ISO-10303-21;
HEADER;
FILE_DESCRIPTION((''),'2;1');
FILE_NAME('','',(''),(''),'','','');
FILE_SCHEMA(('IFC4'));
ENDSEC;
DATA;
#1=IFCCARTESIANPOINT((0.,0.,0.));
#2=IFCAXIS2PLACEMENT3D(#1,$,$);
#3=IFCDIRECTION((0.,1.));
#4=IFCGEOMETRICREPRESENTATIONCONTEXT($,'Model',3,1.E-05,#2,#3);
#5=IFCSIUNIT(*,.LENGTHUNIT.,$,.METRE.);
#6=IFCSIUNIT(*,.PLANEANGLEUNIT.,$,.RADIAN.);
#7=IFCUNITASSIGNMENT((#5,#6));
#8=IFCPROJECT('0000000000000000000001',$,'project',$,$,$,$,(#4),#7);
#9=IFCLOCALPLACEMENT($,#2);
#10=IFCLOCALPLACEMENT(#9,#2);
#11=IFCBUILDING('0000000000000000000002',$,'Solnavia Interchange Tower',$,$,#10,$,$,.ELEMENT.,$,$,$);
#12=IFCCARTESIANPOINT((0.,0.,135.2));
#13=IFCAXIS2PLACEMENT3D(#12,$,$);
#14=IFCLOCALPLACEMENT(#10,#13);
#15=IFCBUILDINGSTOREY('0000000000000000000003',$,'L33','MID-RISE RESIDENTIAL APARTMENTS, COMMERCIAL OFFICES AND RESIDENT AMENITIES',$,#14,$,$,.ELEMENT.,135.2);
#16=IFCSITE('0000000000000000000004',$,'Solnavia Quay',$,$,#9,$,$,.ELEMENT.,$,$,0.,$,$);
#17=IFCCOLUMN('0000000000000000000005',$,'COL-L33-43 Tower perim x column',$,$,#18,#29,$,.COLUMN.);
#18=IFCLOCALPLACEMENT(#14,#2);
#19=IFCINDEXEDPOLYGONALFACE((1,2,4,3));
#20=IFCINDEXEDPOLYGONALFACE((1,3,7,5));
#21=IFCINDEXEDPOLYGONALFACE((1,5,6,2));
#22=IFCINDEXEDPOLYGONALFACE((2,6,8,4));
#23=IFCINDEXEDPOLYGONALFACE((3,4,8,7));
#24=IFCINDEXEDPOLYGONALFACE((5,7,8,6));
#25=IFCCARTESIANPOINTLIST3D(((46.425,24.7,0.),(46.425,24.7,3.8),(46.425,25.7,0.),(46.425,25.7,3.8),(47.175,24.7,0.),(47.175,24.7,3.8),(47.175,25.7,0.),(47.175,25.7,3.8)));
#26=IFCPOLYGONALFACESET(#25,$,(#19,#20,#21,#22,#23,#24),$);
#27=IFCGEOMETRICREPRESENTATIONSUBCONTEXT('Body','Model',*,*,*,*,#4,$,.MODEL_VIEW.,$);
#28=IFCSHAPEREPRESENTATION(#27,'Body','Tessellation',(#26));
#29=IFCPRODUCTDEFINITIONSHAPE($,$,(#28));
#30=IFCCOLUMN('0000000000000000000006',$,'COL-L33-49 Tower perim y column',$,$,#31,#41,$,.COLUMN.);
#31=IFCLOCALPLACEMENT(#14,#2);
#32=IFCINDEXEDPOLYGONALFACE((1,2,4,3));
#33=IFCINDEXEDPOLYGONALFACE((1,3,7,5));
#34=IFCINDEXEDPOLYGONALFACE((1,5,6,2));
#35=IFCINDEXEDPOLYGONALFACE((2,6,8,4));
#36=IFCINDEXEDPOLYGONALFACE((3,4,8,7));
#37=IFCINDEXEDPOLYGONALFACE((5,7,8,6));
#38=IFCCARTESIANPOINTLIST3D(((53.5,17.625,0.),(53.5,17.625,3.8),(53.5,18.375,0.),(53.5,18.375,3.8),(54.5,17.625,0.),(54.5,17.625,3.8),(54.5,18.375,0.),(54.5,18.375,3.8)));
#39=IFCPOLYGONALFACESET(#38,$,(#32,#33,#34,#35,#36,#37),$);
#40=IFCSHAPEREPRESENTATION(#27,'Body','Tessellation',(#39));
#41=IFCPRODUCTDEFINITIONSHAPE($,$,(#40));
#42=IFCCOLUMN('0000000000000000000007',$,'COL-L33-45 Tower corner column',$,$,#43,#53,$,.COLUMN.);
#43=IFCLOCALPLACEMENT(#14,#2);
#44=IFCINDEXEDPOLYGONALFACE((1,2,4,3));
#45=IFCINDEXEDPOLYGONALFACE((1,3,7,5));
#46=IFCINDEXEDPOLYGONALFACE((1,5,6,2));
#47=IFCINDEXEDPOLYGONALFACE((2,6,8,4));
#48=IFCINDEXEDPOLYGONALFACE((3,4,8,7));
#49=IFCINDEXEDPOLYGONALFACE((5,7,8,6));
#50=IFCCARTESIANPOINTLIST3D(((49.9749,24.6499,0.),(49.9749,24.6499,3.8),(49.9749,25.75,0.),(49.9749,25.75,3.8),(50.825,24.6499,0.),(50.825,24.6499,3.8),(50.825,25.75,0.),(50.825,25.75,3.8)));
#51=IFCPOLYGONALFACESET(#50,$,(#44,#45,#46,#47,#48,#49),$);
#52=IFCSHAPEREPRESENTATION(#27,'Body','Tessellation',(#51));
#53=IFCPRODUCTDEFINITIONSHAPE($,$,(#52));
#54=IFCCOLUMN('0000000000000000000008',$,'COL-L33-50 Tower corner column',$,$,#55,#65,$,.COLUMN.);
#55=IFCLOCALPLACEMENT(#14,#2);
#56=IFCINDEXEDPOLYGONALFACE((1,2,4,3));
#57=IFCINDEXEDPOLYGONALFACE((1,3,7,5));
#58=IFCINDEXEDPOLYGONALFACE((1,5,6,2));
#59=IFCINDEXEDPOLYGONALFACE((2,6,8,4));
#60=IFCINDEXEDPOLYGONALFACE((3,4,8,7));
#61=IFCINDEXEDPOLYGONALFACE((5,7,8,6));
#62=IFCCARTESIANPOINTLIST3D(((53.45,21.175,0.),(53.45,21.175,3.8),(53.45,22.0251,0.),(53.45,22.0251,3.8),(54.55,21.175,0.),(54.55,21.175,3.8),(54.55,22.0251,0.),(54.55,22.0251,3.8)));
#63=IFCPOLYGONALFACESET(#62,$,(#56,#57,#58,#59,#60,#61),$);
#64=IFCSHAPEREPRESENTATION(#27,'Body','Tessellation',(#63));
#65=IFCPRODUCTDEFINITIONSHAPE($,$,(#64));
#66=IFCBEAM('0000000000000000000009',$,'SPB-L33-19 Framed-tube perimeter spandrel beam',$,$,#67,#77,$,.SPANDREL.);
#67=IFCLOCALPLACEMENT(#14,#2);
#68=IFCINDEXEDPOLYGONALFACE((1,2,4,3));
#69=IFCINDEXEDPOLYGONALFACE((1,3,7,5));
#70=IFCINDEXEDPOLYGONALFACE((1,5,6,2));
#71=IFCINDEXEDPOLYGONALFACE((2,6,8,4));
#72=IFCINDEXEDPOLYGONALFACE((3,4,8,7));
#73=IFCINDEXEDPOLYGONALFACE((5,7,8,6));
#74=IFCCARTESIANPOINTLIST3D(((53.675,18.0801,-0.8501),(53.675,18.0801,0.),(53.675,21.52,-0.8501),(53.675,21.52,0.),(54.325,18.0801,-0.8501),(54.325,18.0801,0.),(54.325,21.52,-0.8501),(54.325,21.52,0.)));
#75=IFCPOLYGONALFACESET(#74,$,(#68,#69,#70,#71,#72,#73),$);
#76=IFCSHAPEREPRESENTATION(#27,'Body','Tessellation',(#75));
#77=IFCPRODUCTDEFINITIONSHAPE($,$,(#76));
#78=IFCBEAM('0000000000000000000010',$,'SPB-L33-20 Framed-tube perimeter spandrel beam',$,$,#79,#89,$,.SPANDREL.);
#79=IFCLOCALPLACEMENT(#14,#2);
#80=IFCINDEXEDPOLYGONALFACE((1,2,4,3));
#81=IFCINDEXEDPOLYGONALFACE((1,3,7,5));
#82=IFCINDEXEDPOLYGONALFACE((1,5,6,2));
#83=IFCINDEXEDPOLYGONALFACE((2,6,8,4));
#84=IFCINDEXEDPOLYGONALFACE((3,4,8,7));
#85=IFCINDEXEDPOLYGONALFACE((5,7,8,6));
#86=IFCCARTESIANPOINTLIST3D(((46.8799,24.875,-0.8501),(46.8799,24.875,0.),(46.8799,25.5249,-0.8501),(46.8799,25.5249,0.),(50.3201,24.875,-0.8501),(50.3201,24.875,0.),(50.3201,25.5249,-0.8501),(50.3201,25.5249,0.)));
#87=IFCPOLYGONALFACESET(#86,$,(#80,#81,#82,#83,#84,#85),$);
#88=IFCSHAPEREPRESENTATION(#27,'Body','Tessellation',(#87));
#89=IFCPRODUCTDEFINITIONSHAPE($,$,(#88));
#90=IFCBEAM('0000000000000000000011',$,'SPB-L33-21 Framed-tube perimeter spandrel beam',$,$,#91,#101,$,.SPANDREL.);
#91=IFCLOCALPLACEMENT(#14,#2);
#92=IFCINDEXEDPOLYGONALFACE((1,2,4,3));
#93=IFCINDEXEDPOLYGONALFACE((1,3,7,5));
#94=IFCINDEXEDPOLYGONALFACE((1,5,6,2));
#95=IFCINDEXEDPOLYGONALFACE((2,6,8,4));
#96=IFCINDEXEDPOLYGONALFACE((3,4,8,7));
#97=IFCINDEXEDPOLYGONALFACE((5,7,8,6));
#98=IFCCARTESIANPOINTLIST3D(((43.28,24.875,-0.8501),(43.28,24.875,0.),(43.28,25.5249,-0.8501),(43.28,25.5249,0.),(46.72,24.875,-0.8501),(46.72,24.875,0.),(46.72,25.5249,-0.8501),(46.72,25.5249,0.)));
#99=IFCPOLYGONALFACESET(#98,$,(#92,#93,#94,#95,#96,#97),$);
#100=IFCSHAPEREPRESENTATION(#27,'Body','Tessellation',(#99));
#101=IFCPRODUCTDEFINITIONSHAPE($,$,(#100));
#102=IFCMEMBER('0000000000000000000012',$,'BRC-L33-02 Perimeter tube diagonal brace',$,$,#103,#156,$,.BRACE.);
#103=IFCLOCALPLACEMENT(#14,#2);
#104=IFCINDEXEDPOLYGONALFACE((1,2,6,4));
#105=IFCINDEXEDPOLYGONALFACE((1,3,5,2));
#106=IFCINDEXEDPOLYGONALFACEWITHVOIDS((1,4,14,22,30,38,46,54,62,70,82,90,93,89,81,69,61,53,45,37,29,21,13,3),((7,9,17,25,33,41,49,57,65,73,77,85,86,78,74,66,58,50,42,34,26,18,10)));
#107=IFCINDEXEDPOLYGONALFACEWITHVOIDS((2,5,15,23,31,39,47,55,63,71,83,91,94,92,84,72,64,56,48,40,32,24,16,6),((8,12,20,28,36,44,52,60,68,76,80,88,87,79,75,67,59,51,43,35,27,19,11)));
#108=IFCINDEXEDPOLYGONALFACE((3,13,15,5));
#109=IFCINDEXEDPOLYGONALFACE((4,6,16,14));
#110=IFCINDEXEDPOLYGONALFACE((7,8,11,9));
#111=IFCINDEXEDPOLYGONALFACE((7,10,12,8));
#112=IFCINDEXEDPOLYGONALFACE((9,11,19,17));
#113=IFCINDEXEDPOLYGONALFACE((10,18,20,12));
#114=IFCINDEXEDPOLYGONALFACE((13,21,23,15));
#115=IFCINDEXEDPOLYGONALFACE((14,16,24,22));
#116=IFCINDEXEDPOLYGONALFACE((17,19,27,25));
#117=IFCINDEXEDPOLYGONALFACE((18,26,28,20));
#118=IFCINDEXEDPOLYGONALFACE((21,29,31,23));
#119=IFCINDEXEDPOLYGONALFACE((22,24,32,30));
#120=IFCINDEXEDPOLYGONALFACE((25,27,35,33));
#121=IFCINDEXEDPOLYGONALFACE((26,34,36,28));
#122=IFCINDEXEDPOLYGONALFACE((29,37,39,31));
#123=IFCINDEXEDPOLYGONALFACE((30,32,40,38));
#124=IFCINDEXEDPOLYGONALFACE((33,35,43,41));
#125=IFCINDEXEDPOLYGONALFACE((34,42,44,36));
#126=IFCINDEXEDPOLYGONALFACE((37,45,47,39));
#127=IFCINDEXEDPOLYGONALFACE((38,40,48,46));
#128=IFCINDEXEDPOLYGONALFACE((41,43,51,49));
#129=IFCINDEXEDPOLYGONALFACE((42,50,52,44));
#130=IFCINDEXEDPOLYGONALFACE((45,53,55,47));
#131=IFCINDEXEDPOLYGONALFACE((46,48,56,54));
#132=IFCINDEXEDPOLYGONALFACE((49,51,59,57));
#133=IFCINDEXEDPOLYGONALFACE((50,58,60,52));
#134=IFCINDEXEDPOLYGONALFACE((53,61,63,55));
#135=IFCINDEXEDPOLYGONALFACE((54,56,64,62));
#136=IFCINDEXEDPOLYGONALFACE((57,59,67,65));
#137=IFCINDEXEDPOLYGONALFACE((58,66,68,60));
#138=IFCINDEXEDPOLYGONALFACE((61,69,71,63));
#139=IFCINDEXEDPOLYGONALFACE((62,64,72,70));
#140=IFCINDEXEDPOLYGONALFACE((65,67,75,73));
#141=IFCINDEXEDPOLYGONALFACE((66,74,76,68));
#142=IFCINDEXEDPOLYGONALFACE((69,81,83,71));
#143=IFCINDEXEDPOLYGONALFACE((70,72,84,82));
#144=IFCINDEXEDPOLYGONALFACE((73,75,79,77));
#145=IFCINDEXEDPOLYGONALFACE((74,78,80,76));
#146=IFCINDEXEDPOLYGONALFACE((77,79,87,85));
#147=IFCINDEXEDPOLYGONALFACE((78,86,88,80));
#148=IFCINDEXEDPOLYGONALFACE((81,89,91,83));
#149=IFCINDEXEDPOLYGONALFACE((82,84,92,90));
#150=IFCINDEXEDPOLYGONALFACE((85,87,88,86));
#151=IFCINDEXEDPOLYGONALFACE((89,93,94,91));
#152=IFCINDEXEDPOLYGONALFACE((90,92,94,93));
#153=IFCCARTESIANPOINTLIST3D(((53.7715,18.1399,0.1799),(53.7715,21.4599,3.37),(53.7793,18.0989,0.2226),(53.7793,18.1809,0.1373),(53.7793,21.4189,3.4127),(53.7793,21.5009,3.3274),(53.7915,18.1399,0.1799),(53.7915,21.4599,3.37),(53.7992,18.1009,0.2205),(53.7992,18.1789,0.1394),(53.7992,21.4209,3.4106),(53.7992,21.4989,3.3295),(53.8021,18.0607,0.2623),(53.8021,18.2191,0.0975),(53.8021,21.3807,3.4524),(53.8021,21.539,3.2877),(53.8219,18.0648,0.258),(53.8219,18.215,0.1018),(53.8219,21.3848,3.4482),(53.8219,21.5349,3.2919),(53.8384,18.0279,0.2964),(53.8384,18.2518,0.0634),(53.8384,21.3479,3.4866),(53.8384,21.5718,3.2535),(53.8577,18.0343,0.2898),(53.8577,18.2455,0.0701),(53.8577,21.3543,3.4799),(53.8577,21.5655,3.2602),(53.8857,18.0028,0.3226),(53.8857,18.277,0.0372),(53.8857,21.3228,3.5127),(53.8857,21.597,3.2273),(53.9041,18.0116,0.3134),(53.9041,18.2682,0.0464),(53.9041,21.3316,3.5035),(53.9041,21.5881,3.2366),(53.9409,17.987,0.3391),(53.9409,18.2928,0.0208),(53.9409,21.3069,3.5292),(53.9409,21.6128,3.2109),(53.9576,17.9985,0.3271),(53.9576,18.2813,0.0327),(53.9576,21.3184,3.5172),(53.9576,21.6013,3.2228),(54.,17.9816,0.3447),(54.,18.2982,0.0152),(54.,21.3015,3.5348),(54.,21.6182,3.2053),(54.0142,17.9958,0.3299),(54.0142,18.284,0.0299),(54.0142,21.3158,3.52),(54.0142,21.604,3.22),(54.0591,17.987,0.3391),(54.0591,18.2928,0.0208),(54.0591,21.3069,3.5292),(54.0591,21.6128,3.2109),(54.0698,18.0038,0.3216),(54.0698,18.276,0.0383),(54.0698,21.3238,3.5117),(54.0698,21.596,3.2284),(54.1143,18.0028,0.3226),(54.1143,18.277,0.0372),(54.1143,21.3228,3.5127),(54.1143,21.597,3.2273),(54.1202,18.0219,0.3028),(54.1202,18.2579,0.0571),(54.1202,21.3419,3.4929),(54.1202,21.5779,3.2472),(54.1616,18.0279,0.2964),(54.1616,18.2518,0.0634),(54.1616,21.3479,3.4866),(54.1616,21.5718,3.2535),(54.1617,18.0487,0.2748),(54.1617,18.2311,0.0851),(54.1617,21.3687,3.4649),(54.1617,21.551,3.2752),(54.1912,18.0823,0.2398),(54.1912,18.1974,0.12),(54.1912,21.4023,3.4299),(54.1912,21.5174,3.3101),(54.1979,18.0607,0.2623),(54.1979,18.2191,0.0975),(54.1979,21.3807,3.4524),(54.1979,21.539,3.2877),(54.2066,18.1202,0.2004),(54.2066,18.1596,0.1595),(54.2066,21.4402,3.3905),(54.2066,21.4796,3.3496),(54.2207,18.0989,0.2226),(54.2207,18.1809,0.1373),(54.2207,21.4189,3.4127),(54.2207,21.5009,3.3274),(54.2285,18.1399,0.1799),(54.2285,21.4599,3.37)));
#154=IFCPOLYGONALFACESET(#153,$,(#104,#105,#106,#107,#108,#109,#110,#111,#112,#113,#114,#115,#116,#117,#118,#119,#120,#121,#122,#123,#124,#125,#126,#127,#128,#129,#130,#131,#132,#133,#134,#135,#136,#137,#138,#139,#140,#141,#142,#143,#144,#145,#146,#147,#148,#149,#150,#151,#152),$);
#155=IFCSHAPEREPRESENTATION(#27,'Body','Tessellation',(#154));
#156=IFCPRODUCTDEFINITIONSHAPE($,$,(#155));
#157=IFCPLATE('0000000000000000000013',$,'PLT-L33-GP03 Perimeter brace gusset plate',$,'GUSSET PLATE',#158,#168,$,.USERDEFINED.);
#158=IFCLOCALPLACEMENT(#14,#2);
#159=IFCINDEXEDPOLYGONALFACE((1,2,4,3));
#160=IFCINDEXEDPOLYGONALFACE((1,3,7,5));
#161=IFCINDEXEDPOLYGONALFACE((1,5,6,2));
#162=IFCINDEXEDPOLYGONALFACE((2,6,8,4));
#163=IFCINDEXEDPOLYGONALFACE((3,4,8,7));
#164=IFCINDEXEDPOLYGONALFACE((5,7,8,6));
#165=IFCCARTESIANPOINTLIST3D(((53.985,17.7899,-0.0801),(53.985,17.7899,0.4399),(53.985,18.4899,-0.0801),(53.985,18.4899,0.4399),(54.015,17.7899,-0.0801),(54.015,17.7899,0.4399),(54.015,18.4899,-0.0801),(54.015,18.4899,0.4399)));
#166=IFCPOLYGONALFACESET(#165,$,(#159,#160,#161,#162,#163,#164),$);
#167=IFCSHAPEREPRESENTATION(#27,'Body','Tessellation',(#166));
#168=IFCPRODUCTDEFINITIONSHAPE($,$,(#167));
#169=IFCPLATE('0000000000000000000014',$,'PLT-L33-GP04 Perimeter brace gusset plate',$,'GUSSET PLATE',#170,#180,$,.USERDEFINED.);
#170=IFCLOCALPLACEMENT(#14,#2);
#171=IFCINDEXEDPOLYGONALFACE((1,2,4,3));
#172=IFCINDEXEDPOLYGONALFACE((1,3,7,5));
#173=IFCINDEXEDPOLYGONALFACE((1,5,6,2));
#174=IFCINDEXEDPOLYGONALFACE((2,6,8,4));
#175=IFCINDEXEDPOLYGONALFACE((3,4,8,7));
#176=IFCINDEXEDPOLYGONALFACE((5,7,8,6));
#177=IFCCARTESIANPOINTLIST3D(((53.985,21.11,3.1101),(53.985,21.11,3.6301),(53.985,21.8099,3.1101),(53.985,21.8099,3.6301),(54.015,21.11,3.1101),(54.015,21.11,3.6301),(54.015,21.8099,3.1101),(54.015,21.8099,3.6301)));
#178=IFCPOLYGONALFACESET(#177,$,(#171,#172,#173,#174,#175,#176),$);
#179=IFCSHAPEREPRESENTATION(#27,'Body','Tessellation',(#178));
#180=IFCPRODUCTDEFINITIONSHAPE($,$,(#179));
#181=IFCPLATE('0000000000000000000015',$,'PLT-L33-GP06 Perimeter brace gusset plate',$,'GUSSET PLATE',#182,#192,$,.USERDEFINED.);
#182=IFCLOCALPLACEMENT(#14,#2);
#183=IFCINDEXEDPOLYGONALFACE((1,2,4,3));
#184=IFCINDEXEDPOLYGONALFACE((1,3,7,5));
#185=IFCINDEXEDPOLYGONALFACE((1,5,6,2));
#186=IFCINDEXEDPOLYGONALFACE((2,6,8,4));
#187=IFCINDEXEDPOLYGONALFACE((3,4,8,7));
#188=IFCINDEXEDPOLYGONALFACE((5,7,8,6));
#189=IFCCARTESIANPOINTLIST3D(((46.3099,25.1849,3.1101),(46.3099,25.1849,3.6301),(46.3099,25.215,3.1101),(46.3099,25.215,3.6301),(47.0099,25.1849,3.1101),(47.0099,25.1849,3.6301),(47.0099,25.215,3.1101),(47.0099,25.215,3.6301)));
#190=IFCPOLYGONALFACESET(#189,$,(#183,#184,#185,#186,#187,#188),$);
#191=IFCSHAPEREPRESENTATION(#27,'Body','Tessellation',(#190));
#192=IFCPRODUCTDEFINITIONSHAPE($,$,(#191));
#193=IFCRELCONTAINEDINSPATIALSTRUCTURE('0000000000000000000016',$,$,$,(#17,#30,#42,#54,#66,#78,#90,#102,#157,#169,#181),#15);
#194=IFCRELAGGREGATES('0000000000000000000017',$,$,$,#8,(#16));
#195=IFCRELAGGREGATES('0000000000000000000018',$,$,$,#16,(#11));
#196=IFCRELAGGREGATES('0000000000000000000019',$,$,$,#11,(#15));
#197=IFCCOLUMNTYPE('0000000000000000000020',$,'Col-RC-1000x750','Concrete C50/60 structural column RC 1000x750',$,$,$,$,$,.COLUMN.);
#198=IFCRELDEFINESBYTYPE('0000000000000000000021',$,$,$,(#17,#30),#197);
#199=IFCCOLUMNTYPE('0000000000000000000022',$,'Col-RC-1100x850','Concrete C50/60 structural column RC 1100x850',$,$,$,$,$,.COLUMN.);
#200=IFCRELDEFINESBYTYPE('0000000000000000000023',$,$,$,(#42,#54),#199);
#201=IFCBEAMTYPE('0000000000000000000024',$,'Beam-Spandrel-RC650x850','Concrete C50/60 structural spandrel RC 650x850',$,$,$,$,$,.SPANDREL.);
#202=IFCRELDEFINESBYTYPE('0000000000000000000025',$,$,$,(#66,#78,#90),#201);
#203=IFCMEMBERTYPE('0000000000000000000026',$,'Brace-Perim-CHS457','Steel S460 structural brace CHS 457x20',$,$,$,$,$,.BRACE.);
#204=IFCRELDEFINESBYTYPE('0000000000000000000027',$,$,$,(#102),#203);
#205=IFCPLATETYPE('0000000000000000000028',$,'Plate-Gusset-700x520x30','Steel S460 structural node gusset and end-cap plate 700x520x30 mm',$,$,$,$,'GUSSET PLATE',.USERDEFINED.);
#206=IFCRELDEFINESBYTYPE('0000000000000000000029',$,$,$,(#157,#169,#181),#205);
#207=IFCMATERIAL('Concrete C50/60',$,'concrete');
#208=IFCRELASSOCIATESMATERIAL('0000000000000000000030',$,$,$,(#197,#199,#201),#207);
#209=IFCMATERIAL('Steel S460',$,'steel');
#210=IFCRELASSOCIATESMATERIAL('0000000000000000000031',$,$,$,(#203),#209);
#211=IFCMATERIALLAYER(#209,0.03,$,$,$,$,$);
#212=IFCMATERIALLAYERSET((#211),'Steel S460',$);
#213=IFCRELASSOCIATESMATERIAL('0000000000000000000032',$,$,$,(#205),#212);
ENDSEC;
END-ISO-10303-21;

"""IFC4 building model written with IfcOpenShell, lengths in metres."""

from ifc_helpers import new_model, si_unit, direction, frame, origin, origin_2d, place, context, subcontext, project, spatial, rectangle, hollow_circle, extrude, material, layer, layer_set, material_profile, profile_set, type_object, element, save


model = new_model("IFC4")

# Units and contexts
model_context = context("Model", 3, precision=1e-05, world=origin(), true_north=direction((0.0, 1.0)))
body_context = subcontext(model_context, "Body", "Model", "MODEL_VIEW")
ifc_project = project(units=[si_unit("LENGTHUNIT", "METRE"), si_unit("PLANEANGLEUNIT", "RADIAN")], contexts=[model_context])

# Site, building, storey
site_placement = place(None, origin())
site = spatial("IfcSite", under=ifc_project, at=site_placement, Name="Solnavia Quay", CompositionType="ELEMENT", RefElevation=0.0)
building_placement = place(site_placement, origin())
building = spatial("IfcBuilding", under=site, at=building_placement, Name="Solnavia Interchange Tower", CompositionType="ELEMENT")
storey_placement = place(building_placement, frame((0.0, 0.0, 135.2)))
storey = spatial("IfcBuildingStorey", under=building, at=storey_placement, Name="L33", Description="MID-RISE RESIDENTIAL APARTMENTS, COMMERCIAL OFFICES AND RESIDENT AMENITIES", CompositionType="ELEMENT", Elevation=135.2)

# Columns
ifc_material_1 = material(Name="Concrete C50/60", Category="concrete")
ifc_material_profile_1 = material_profile(ifc_material_1, rectangle(XDim=0.75, YDim=1.0, at=origin_2d()), Name="RC 1000x750")
ifc_profile_set_1 = profile_set([ifc_material_profile_1], Name="Concrete C50/60")
column_type_1 = type_object("IfcColumnType", Name="Col-RC-1000x750", Description="Concrete C50/60 structural column RC 1000x750", PredefinedType="COLUMN", material=ifc_profile_set_1)
for number, where, z_axis, x_axis, name in (
    (1, (46.8, 25.2, 0.0), (0.0, 0.0, 1.0), (1.0, 0.0, 0.0), "COL-L33-43 Tower perim x column"),
    (2, (54.0, 18.0, 0.0), (0.0, 0.0, 1.0), (0.0, 1.0, 0.0), "COL-L33-49 Tower perim y column"),
):
    element("IfcColumn", number, at=place(storey_placement, frame(where, z_axis=z_axis, x_axis=x_axis)), inside=storey, type_object=column_type_1, Name=name, PredefinedType="COLUMN", context=body_context, shape_type="SweptSolid", body=[
        extrude(rectangle(XDim=0.75, YDim=1.0, at=origin_2d()), origin(), (0.0, 0.0, 1.0), 3.8),
    ])
ifc_material_profile_2 = material_profile(ifc_material_1, rectangle(XDim=0.8501, YDim=1.1001, at=origin_2d()), Name="RC 1100x850")
ifc_profile_set_2 = profile_set([ifc_material_profile_2], Name="Concrete C50/60")
column_type_2 = type_object("IfcColumnType", Name="Col-RC-1100x850", Description="Concrete C50/60 structural column RC 1100x850", PredefinedType="COLUMN", material=ifc_profile_set_2)
for number, where, z_axis, x_axis, name in (
    (3, (50.3999, 25.2, 0.0), (0.0, 0.0, 1.0), (1.0, 0.0, 0.0), "COL-L33-45 Tower corner column"),
    (4, (54.0, 21.6001, 0.0), (0.0, 0.0, 1.0), (0.0, 1.0, 0.0), "COL-L33-50 Tower corner column"),
):
    element("IfcColumn", number, at=place(storey_placement, frame(where, z_axis=z_axis, x_axis=x_axis)), inside=storey, type_object=column_type_2, Name=name, PredefinedType="COLUMN", context=body_context, shape_type="SweptSolid", body=[
        extrude(rectangle(XDim=0.8501, YDim=1.1001, at=origin_2d()), origin(), (0.0, 0.0, 1.0), 3.8),
    ])

# Beams
ifc_material_profile_3 = material_profile(ifc_material_1, rectangle(XDim=0.6499, YDim=0.8501, at=origin_2d()), Name="RC 650x850")
ifc_profile_set_3 = profile_set([ifc_material_profile_3], Name="Concrete C50/60")
beam_type = type_object("IfcBeamType", Name="Beam-Spandrel-RC650x850", Description="Concrete C50/60 structural spandrel RC 650x850", PredefinedType="SPANDREL", material=ifc_profile_set_3)
beam_1_placement = place(storey_placement, frame((54.0, 18.0801, -0.425), z_axis=(0.0, 1.0, 0.0), x_axis=(-1.0, 0.0, 0.0)))
element("IfcBeam", 5, at=beam_1_placement, inside=storey, type_object=beam_type, Name="SPB-L33-19 Framed-tube perimeter spandrel beam", PredefinedType="SPANDREL", context=body_context, shape_type="SweptSolid", body=[
    extrude(rectangle(XDim=0.6499, YDim=0.8501, at=origin_2d()), origin(), (0.0, 0.0, 1.0), 3.4399),
])
beam_2_placement = place(storey_placement, frame((50.3201, 25.2, -0.425), z_axis=(-1.0, 0.0, 0.0), x_axis=(0.0, -1.0, 0.0)))
element("IfcBeam", 6, at=beam_2_placement, inside=storey, type_object=beam_type, Name="SPB-L33-20 Framed-tube perimeter spandrel beam", PredefinedType="SPANDREL", context=body_context, shape_type="SweptSolid", body=[
    extrude(rectangle(XDim=0.6499, YDim=0.8501, at=origin_2d()), origin(), (0.0, 0.0, 1.0), 3.4402),
])
beam_3_placement = place(storey_placement, frame((46.72, 25.2, -0.425), z_axis=(-1.0, 0.0, 0.0), x_axis=(0.0, -1.0, 0.0)))
element("IfcBeam", 7, at=beam_3_placement, inside=storey, type_object=beam_type, Name="SPB-L33-21 Framed-tube perimeter spandrel beam", PredefinedType="SPANDREL", context=body_context, shape_type="SweptSolid", body=[
    extrude(rectangle(XDim=0.6499, YDim=0.8501, at=origin_2d()), origin(), (0.0, 0.0, 1.0), 3.4399),
])

# Member
ifc_material_2 = material(Name="Steel S460", Category="steel")
ifc_material_profile_4 = material_profile(ifc_material_2, hollow_circle(Radius=0.2285, WallThickness=0.02, at=origin_2d()), Name="CHS 457x20")
ifc_profile_set_4 = profile_set([ifc_material_profile_4], Name="Steel S460")
member_type = type_object("IfcMemberType", Name="Brace-Perim-CHS457", Description="Steel S460 structural brace CHS 457x20", PredefinedType="BRACE", material=ifc_profile_set_4)
member_placement = place(storey_placement, frame((54.0, 18.1399, 0.1799), z_axis=(0.0, 0.72107, 0.692862), x_axis=(-1.0, 0.0, 0.0)))
element("IfcMember", 8, at=member_placement, inside=storey, type_object=member_type, Name="BRC-L33-02 Perimeter tube diagonal brace", PredefinedType="BRACE", context=body_context, shape_type="SweptSolid", body=[
    extrude(hollow_circle(Radius=0.2285, WallThickness=0.02, at=origin_2d()), origin(), (0.0, 0.0, 1.0), 4.6042),
])

# Plates
ifc_layer_1 = layer(ifc_material_2, 0.03)
ifc_layer_set_1 = layer_set([ifc_layer_1], Name="Steel S460")
plate_type = type_object("IfcPlateType", Name="Plate-Gusset-700x520x30", Description="Steel S460 structural node gusset and end-cap plate 700x520x30 mm", ElementType="GUSSET PLATE", PredefinedType="USERDEFINED", material=ifc_layer_set_1)
for number, where, z_axis, x_axis, name in (
    (9, (54.0, 18.1399, -0.0801), (0.0, 0.0, 1.0), (0.0, 1.0, 0.0), "PLT-L33-GP03 Perimeter brace gusset plate"),
    (10, (54.0, 21.46, 3.1101), (0.0, 0.0, 1.0), (0.0, 1.0, 0.0), "PLT-L33-GP04 Perimeter brace gusset plate"),
    (11, (46.6599, 25.2, 3.1101), (0.0, 0.0, 1.0), (1.0, 0.0, 0.0), "PLT-L33-GP06 Perimeter brace gusset plate"),
):
    element("IfcPlate", number, at=place(storey_placement, frame(where, z_axis=z_axis, x_axis=x_axis)), inside=storey, type_object=plate_type, Name=name, ObjectType="GUSSET PLATE", PredefinedType="USERDEFINED", context=body_context, shape_type="SweptSolid", body=[
        extrude(rectangle(XDim=0.7, YDim=0.03, at=origin_2d()), origin(), (0.0, 0.0, 1.0), 0.52),
    ])

save(model, "model.ifc")
